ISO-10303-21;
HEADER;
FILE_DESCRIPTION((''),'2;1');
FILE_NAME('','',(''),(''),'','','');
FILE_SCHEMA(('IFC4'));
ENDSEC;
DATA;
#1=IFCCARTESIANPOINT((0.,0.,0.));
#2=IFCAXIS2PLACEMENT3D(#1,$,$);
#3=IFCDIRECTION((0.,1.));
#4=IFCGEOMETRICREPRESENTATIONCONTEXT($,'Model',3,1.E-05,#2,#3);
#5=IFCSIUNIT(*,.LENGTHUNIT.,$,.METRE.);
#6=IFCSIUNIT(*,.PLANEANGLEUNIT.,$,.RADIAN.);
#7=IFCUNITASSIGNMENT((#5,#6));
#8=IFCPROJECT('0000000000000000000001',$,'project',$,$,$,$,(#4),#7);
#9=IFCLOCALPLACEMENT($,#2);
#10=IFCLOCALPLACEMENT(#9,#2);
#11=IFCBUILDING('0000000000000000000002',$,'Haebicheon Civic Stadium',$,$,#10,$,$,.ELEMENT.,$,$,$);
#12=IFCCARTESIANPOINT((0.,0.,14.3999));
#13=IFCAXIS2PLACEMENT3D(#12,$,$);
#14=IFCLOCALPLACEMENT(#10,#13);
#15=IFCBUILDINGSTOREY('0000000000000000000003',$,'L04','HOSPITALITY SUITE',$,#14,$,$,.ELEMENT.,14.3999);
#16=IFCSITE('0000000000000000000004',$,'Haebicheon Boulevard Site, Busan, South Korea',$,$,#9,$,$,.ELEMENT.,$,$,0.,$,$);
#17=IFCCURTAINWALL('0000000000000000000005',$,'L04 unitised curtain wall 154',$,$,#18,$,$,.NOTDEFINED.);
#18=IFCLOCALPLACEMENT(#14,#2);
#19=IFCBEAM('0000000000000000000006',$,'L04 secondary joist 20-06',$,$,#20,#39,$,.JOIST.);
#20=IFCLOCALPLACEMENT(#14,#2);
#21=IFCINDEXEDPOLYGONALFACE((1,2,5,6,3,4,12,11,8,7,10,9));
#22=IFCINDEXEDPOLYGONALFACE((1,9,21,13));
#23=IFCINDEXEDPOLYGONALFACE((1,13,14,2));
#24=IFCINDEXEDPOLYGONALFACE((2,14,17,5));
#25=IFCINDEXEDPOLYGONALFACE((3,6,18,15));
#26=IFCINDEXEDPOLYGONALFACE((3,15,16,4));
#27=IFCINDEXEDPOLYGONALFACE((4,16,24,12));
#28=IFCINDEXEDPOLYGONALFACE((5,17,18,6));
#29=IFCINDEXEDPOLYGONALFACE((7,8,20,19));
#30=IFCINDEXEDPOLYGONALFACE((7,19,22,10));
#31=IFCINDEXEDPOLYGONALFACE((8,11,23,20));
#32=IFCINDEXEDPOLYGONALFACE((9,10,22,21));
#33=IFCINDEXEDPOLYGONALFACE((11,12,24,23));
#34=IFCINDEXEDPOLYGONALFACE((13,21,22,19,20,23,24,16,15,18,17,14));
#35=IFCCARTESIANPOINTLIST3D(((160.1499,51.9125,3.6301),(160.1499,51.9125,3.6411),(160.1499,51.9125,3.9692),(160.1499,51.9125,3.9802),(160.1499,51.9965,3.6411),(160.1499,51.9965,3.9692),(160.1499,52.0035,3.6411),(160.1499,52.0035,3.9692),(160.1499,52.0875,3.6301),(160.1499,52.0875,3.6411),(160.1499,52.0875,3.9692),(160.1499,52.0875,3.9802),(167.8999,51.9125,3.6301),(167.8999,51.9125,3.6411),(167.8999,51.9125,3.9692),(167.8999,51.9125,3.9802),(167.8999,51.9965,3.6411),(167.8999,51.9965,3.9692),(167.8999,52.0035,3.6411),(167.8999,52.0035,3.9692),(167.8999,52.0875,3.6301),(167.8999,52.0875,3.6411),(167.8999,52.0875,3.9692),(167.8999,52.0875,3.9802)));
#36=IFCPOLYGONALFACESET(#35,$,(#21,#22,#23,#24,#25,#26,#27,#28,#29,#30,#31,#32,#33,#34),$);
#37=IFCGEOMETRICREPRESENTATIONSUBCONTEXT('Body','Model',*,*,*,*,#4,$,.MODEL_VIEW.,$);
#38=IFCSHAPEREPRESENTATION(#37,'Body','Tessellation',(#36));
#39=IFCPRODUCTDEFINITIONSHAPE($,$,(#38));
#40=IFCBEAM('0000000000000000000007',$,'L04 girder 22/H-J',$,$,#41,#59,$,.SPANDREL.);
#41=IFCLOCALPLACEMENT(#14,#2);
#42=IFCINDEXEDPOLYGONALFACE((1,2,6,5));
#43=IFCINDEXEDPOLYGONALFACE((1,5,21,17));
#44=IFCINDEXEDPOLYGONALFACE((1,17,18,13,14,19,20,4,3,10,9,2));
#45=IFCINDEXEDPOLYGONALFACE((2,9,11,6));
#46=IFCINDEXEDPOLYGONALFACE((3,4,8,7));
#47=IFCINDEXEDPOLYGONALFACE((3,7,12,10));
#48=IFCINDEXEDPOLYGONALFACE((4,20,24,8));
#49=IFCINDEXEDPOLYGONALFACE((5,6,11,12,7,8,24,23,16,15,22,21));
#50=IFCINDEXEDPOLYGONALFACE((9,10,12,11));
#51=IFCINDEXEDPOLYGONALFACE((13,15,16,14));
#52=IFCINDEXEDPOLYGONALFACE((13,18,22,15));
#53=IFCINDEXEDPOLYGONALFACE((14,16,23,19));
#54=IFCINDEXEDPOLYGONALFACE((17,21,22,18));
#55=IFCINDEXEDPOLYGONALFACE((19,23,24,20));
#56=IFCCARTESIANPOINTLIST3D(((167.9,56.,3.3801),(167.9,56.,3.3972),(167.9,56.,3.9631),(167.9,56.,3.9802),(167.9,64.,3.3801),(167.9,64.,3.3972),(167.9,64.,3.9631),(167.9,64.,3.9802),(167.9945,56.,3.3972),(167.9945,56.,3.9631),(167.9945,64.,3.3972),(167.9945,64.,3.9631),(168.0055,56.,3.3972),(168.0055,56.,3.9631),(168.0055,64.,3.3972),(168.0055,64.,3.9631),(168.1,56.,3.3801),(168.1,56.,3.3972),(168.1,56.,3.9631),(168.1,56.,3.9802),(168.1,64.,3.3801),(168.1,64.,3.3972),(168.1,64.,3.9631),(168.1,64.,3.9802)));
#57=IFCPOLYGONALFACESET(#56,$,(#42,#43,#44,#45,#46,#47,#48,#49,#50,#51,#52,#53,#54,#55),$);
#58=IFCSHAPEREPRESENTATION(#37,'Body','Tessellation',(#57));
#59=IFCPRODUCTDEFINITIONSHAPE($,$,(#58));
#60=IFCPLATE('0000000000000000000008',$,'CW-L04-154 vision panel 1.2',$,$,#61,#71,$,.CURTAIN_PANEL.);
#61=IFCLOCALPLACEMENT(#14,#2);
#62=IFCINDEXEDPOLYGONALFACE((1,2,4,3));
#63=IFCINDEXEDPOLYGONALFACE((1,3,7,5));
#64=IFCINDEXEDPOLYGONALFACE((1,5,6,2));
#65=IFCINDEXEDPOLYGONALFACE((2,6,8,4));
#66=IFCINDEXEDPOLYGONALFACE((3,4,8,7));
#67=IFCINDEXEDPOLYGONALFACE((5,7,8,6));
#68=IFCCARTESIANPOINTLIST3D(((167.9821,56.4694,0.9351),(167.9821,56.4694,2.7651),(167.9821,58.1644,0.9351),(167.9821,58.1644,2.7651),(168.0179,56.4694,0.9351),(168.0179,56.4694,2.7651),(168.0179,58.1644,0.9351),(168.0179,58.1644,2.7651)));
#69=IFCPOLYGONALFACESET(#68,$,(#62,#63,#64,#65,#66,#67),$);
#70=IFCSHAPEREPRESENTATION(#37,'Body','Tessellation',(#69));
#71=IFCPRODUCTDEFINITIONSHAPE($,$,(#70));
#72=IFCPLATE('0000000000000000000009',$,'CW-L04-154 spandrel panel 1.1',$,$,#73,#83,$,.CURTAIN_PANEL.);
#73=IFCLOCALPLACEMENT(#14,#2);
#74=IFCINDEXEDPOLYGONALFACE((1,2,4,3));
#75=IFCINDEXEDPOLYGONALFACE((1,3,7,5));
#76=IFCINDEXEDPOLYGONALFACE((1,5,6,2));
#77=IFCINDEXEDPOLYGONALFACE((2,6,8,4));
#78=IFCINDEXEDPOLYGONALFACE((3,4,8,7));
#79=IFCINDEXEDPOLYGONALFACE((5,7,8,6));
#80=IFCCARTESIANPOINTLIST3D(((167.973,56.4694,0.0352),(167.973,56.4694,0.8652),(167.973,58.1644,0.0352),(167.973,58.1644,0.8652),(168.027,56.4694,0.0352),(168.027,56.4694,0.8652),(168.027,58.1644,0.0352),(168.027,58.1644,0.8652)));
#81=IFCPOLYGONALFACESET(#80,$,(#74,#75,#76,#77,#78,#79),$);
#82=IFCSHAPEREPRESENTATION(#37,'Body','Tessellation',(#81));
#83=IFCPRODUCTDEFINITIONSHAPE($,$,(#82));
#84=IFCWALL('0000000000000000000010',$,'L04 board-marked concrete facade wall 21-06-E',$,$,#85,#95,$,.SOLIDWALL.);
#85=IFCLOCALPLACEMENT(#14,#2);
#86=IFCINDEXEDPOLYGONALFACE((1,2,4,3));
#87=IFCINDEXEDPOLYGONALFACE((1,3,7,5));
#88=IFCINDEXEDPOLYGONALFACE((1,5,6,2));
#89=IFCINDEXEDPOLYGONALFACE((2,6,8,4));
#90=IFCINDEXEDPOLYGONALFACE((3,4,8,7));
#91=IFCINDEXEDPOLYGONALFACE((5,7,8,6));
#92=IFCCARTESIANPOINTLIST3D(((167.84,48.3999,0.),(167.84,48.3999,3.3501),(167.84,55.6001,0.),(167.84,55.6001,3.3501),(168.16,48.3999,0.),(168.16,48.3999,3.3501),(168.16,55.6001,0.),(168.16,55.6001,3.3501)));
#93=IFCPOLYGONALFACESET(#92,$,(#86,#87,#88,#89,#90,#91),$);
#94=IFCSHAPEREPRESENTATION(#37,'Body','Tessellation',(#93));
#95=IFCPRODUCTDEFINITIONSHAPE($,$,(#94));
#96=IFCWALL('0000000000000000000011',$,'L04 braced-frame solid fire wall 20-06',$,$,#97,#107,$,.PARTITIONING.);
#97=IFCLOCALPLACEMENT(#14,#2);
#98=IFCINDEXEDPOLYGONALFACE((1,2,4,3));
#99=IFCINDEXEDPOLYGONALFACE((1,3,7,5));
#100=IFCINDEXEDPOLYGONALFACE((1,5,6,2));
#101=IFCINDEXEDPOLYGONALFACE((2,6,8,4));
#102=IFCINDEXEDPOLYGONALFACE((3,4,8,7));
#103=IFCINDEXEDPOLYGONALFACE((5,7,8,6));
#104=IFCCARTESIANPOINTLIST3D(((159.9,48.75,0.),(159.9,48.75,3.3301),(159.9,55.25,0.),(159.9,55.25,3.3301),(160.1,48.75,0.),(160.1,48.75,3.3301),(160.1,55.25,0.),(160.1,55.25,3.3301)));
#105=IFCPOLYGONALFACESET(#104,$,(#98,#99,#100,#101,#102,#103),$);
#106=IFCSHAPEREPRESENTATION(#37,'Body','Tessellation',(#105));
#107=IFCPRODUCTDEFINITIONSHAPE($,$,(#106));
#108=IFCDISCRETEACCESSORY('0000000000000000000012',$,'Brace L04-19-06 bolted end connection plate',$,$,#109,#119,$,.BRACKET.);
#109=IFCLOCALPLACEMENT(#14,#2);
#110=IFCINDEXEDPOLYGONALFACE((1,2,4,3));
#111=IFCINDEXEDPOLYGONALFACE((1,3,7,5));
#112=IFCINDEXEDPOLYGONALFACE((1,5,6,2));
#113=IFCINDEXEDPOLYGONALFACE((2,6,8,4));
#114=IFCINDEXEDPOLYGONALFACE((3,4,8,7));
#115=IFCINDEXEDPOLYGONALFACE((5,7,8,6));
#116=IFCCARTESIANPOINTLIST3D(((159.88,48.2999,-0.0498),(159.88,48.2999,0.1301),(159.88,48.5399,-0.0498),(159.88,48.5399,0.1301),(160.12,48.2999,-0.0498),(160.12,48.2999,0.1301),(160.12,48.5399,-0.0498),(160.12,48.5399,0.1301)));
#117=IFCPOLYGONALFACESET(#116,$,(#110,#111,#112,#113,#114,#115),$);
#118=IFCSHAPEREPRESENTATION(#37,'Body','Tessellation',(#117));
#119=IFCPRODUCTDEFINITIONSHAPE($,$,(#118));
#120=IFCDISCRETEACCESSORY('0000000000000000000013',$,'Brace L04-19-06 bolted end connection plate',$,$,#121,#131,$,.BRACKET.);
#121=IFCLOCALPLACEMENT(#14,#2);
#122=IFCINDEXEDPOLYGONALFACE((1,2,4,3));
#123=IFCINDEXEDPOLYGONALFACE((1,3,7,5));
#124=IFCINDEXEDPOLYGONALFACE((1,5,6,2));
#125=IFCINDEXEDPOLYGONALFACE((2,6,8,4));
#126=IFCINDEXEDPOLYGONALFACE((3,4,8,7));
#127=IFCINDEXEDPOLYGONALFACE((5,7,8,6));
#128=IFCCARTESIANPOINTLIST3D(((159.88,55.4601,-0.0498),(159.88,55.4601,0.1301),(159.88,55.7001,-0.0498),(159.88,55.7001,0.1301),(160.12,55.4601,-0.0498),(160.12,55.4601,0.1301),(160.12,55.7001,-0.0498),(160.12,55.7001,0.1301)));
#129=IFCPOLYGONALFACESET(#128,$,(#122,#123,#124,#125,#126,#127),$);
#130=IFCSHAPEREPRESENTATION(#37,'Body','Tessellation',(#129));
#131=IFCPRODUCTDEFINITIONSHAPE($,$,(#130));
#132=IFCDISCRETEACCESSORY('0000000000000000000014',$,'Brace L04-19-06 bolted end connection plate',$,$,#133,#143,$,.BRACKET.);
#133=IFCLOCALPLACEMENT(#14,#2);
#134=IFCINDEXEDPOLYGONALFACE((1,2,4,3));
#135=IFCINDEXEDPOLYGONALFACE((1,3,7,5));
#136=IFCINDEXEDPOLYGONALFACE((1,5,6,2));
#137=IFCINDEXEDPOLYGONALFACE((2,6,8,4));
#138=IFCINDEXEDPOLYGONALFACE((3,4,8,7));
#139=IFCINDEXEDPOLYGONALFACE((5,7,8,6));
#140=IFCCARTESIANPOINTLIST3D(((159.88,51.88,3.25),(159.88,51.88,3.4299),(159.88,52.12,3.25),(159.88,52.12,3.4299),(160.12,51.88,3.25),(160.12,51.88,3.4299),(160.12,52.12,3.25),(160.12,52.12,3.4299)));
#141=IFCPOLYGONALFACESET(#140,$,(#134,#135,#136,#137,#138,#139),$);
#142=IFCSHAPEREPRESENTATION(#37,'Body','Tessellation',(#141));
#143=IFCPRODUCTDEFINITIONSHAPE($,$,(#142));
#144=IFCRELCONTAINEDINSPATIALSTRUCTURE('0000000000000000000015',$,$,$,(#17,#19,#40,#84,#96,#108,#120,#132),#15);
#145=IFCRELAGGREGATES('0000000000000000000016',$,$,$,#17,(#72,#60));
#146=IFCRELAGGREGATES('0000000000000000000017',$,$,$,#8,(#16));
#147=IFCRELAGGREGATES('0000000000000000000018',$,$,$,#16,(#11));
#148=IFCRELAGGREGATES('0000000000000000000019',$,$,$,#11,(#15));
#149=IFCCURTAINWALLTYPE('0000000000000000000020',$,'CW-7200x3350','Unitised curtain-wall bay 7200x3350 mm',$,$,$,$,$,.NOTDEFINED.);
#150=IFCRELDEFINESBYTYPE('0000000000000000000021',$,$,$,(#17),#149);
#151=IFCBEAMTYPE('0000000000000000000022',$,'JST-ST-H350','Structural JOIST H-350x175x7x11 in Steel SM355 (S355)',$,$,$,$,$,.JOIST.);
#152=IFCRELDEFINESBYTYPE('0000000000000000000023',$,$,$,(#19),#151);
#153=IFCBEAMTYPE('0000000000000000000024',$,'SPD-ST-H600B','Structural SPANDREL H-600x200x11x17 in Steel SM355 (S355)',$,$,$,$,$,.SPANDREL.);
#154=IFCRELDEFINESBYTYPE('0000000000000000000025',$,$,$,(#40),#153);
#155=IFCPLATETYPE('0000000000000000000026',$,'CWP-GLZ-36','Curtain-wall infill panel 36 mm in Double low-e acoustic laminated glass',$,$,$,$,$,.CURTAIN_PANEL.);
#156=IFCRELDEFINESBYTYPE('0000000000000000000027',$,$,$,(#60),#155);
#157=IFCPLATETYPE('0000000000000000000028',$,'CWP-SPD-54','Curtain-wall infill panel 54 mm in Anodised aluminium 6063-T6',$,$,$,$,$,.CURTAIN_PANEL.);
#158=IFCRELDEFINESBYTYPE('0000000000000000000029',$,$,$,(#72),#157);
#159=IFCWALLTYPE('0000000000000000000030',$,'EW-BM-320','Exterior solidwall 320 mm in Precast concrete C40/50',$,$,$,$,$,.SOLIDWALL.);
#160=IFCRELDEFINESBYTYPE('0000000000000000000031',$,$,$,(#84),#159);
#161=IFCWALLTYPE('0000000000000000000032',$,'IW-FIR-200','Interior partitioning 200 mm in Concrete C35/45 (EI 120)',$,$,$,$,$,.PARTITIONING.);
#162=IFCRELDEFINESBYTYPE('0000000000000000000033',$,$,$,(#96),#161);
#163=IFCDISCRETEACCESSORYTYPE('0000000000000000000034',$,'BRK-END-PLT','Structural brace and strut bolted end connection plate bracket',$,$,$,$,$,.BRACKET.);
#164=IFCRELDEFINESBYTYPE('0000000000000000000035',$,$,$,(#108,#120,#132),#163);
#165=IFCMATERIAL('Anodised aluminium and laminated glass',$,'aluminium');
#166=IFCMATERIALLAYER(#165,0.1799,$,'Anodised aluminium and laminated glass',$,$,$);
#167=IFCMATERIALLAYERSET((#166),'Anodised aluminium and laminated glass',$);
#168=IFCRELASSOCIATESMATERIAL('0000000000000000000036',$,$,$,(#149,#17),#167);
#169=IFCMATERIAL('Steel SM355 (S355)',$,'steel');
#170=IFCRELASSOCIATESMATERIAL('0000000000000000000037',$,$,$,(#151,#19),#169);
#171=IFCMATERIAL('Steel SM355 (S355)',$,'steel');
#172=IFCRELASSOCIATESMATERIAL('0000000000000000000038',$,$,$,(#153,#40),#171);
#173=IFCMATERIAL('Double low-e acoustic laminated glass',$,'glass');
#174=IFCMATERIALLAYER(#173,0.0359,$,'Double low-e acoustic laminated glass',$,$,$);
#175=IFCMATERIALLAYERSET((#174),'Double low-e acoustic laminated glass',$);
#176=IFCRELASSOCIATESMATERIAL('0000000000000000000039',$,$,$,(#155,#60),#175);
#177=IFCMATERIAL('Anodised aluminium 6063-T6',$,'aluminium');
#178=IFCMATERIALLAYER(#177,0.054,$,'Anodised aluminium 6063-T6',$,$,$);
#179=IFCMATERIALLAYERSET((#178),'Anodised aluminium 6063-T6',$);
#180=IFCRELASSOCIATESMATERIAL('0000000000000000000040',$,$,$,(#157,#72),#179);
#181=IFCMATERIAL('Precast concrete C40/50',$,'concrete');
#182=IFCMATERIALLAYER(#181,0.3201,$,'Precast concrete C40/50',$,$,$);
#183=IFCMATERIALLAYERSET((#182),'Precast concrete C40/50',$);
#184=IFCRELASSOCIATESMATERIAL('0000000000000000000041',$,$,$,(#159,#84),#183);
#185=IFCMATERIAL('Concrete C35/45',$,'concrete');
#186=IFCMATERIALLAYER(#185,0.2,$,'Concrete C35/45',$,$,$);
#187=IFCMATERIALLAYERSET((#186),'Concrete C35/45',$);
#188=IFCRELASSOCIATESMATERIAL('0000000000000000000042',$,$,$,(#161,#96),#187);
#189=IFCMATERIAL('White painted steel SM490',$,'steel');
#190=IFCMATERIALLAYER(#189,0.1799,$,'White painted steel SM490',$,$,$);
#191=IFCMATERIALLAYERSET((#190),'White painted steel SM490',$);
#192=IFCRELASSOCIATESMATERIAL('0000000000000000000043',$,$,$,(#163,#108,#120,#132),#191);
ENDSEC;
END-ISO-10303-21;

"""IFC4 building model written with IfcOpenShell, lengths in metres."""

from ifc_helpers import new_model, si_unit, direction, frame, frame_2d, origin, origin_2d, place, context, subcontext, project, spatial, rectangle, i_section, extrude, material, layer, layer_set, material_profile, profile_set, type_object, element, aggregate, save


model = new_model("IFC4")

# Units and contexts
model_context = context("Model", 3, precision=1e-05, world=origin(), true_north=direction((0.0, 1.0)))
body_context = subcontext(model_context, "Body", "Model", "MODEL_VIEW")
ifc_project = project(units=[si_unit("LENGTHUNIT", "METRE"), si_unit("PLANEANGLEUNIT", "RADIAN")], contexts=[model_context])

# Site, building, storey
site_placement = place(None, origin())
site = spatial("IfcSite", under=ifc_project, at=site_placement, Name="Haebicheon Boulevard Site, Busan, South Korea", CompositionType="ELEMENT", RefElevation=0.0)
building_placement = place(site_placement, origin())
building = spatial("IfcBuilding", under=site, at=building_placement, Name="Haebicheon Civic Stadium", CompositionType="ELEMENT")
storey_placement = place(building_placement, frame((0.0, 0.0, 14.3999)))
storey = spatial("IfcBuildingStorey", under=building, at=storey_placement, Name="L04", Description="HOSPITALITY SUITE", CompositionType="ELEMENT", Elevation=14.3999)

# Curtain wall
ifc_material_1 = material(Name="Anodised aluminium and laminated glass", Category="aluminium")
ifc_layer_1 = layer(ifc_material_1, 0.1799, Name="Anodised aluminium and laminated glass")
ifc_layer_set_1 = layer_set([ifc_layer_1], Name="Anodised aluminium and laminated glass")
curtain_wall_type = type_object("IfcCurtainWallType", Name="CW-7200x3350", Description="Unitised curtain-wall bay 7200x3350 mm", PredefinedType="NOTDEFINED", material=ifc_layer_set_1)
curtain_wall_placement = place(storey_placement, origin())
curtain_wall = element("IfcCurtainWall", 1, at=curtain_wall_placement, inside=storey, type_object=curtain_wall_type, material=ifc_layer_set_1, Name="L04 unitised curtain wall 154", PredefinedType="NOTDEFINED")

# Beams
ifc_material_2 = material(Name="Steel SM355 (S355)", Category="steel")
ifc_material_profile_1 = material_profile(ifc_material_2, i_section(OverallWidth=0.175, OverallDepth=0.3501, WebThickness=0.0071, FlangeThickness=0.011, at=origin_2d()), Name="H-350x175x7x11")
ifc_profile_set_1 = profile_set([ifc_material_profile_1], Name="Steel SM355 (S355)")
beam_type_1 = type_object("IfcBeamType", Name="JST-ST-H350", Description="Structural JOIST H-350x175x7x11 in Steel SM355 (S355)", PredefinedType="JOIST", material=ifc_profile_set_1)
beam_1_placement = place(storey_placement, frame((160.1499, 52.0, 3.8052), z_axis=(1.0, 0.0, 0.0), x_axis=(0.0, 1.0, 0.0)))
element("IfcBeam", 2, at=beam_1_placement, inside=storey, type_object=beam_type_1, material=ifc_profile_set_1, Name="L04 secondary joist 20-06", PredefinedType="JOIST", context=body_context, shape_type="SweptSolid", body=[
    extrude(i_section(OverallWidth=0.175, OverallDepth=0.3501, WebThickness=0.0071, FlangeThickness=0.011, at=origin_2d()), origin(), (0.0, 0.0, 1.0), 7.75),
])
ifc_material_3 = material(Name="Steel SM355 (S355)", Category="steel")
ifc_material_profile_2 = material_profile(ifc_material_3, i_section(OverallWidth=0.2, OverallDepth=0.6001, WebThickness=0.011, FlangeThickness=0.0171, at=origin_2d()), Name="H-600x200x11x17")
ifc_profile_set_2 = profile_set([ifc_material_profile_2], Name="Steel SM355 (S355)")
beam_type_2 = type_object("IfcBeamType", Name="SPD-ST-H600B", Description="Structural SPANDREL H-600x200x11x17 in Steel SM355 (S355)", PredefinedType="SPANDREL", material=ifc_profile_set_2)
beam_2_placement = place(storey_placement, frame((168.0, 56.0, 3.6802), z_axis=(0.0, 1.0, 0.0), x_axis=(-1.0, 0.0, 0.0)))
element("IfcBeam", 3, at=beam_2_placement, inside=storey, type_object=beam_type_2, material=ifc_profile_set_2, Name="L04 girder 22/H-J", PredefinedType="SPANDREL", context=body_context, shape_type="SweptSolid", body=[
    extrude(i_section(OverallWidth=0.2, OverallDepth=0.6001, WebThickness=0.011, FlangeThickness=0.0171, at=origin_2d()), origin(), (0.0, 0.0, 1.0), 8.0),
])

# Plates
ifc_material_4 = material(Name="Double low-e acoustic laminated glass", Category="glass")
ifc_layer_2 = layer(ifc_material_4, 0.0359, Name="Double low-e acoustic laminated glass")
ifc_layer_set_2 = layer_set([ifc_layer_2], Name="Double low-e acoustic laminated glass")
plate_type_1 = type_object("IfcPlateType", Name="CWP-GLZ-36", Description="Curtain-wall infill panel 36 mm in Double low-e acoustic laminated glass", PredefinedType="CURTAIN_PANEL", material=ifc_layer_set_2)
plate_1_placement = place(storey_placement, frame((168.0, 57.3169, 0.9351), z_axis=(0.0, 0.0, 1.0), x_axis=(0.0, 1.0, 0.0)))
plate_1 = element("IfcPlate", 4, at=plate_1_placement, type_object=plate_type_1, material=ifc_layer_set_2, Name="CW-L04-154 vision panel 1.2", PredefinedType="CURTAIN_PANEL", context=body_context, shape_type="SweptSolid", body=[
    extrude(rectangle(XDim=1.6951, YDim=0.0359, at=origin_2d()), origin(), (0.0, 0.0, 1.0), 1.8301),
])
ifc_material_5 = material(Name="Anodised aluminium 6063-T6", Category="aluminium")
ifc_layer_3 = layer(ifc_material_5, 0.054, Name="Anodised aluminium 6063-T6")
ifc_layer_set_3 = layer_set([ifc_layer_3], Name="Anodised aluminium 6063-T6")
plate_type_2 = type_object("IfcPlateType", Name="CWP-SPD-54", Description="Curtain-wall infill panel 54 mm in Anodised aluminium 6063-T6", PredefinedType="CURTAIN_PANEL", material=ifc_layer_set_3)
plate_2_placement = place(storey_placement, frame((168.0, 57.3169, 0.0352), z_axis=(0.0, 0.0, 1.0), x_axis=(0.0, 1.0, 0.0)))
plate_2 = element("IfcPlate", 5, at=plate_2_placement, type_object=plate_type_2, material=ifc_layer_set_3, Name="CW-L04-154 spandrel panel 1.1", PredefinedType="CURTAIN_PANEL", context=body_context, shape_type="SweptSolid", body=[
    extrude(rectangle(XDim=1.6951, YDim=0.054, at=origin_2d()), origin(), (0.0, 0.0, 1.0), 0.8301),
])
aggregate(curtain_wall, [plate_2, plate_1])

# Walls
ifc_material_6 = material(Name="Precast concrete C40/50", Category="concrete")
ifc_layer_4 = layer(ifc_material_6, 0.3201, Name="Precast concrete C40/50")
ifc_layer_set_4 = layer_set([ifc_layer_4], Name="Precast concrete C40/50")
wall_type_1 = type_object("IfcWallType", Name="EW-BM-320", Description="Exterior solidwall 320 mm in Precast concrete C40/50", PredefinedType="SOLIDWALL", material=ifc_layer_set_4)
wall_1_placement = place(storey_placement, frame((168.0, 48.3999, 0.0), z_axis=(0.0, 0.0, 1.0), x_axis=(0.0, 1.0, 0.0)))
element("IfcWall", 6, at=wall_1_placement, inside=storey, type_object=wall_type_1, material=ifc_layer_set_4, Name="L04 board-marked concrete facade wall 21-06-E", PredefinedType="SOLIDWALL", context=body_context, shape_type="SweptSolid", body=[
    extrude(rectangle(XDim=7.2002, YDim=0.3201, at=frame_2d((3.6001, 0.0))), origin(), (0.0, 0.0, 1.0), 3.3501),
])
ifc_material_7 = material(Name="Concrete C35/45", Category="concrete")
ifc_layer_5 = layer(ifc_material_7, 0.2, Name="Concrete C35/45")
ifc_layer_set_5 = layer_set([ifc_layer_5], Name="Concrete C35/45")
wall_type_2 = type_object("IfcWallType", Name="IW-FIR-200", Description="Interior partitioning 200 mm in Concrete C35/45 (EI 120)", PredefinedType="PARTITIONING", material=ifc_layer_set_5)
wall_2_placement = place(storey_placement, frame((160.0, 48.75, 0.0), z_axis=(0.0, 0.0, 1.0), x_axis=(0.0, 1.0, 0.0)))
element("IfcWall", 7, at=wall_2_placement, inside=storey, type_object=wall_type_2, material=ifc_layer_set_5, Name="L04 braced-frame solid fire wall 20-06", PredefinedType="PARTITIONING", context=body_context, shape_type="SweptSolid", body=[
    extrude(rectangle(XDim=6.5, YDim=0.2, at=frame_2d((3.25, 0.0))), origin(), (0.0, 0.0, 1.0), 3.3301),
])

# Discrete accessories
ifc_material_8 = material(Name="White painted steel SM490", Category="steel")
ifc_layer_6 = layer(ifc_material_8, 0.1799, Name="White painted steel SM490")
ifc_layer_set_6 = layer_set([ifc_layer_6], Name="White painted steel SM490")
discrete_accessory_type = type_object("IfcDiscreteAccessoryType", Name="BRK-END-PLT", Description="Structural brace and strut bolted end connection plate bracket", PredefinedType="BRACKET", material=ifc_layer_set_6)
for number, where, z_axis, x_axis, name in (
    (8, (160.0, 48.4199, -0.0498), (0.0, 0.0, 1.0), (1.0, 0.0, 0.0), "Brace L04-19-06 bolted end connection plate"),
    (9, (160.0, 55.5801, -0.0498), (0.0, 0.0, 1.0), (1.0, 0.0, 0.0), "Brace L04-19-06 bolted end connection plate"),
    (10, (160.0, 52.0, 3.25), (0.0, 0.0, 1.0), (1.0, 0.0, 0.0), "Brace L04-19-06 bolted end connection plate"),
):
    element("IfcDiscreteAccessory", number, at=place(storey_placement, frame(where, z_axis=z_axis, x_axis=x_axis)), inside=storey, type_object=discrete_accessory_type, material=ifc_layer_set_6, Name=name, PredefinedType="BRACKET", context=body_context, shape_type="SweptSolid", body=[
        extrude(rectangle(XDim=0.24, YDim=0.24, at=origin_2d()), origin(), (0.0, 0.0, 1.0), 0.1799),
    ])

save(model, "model.ifc")
